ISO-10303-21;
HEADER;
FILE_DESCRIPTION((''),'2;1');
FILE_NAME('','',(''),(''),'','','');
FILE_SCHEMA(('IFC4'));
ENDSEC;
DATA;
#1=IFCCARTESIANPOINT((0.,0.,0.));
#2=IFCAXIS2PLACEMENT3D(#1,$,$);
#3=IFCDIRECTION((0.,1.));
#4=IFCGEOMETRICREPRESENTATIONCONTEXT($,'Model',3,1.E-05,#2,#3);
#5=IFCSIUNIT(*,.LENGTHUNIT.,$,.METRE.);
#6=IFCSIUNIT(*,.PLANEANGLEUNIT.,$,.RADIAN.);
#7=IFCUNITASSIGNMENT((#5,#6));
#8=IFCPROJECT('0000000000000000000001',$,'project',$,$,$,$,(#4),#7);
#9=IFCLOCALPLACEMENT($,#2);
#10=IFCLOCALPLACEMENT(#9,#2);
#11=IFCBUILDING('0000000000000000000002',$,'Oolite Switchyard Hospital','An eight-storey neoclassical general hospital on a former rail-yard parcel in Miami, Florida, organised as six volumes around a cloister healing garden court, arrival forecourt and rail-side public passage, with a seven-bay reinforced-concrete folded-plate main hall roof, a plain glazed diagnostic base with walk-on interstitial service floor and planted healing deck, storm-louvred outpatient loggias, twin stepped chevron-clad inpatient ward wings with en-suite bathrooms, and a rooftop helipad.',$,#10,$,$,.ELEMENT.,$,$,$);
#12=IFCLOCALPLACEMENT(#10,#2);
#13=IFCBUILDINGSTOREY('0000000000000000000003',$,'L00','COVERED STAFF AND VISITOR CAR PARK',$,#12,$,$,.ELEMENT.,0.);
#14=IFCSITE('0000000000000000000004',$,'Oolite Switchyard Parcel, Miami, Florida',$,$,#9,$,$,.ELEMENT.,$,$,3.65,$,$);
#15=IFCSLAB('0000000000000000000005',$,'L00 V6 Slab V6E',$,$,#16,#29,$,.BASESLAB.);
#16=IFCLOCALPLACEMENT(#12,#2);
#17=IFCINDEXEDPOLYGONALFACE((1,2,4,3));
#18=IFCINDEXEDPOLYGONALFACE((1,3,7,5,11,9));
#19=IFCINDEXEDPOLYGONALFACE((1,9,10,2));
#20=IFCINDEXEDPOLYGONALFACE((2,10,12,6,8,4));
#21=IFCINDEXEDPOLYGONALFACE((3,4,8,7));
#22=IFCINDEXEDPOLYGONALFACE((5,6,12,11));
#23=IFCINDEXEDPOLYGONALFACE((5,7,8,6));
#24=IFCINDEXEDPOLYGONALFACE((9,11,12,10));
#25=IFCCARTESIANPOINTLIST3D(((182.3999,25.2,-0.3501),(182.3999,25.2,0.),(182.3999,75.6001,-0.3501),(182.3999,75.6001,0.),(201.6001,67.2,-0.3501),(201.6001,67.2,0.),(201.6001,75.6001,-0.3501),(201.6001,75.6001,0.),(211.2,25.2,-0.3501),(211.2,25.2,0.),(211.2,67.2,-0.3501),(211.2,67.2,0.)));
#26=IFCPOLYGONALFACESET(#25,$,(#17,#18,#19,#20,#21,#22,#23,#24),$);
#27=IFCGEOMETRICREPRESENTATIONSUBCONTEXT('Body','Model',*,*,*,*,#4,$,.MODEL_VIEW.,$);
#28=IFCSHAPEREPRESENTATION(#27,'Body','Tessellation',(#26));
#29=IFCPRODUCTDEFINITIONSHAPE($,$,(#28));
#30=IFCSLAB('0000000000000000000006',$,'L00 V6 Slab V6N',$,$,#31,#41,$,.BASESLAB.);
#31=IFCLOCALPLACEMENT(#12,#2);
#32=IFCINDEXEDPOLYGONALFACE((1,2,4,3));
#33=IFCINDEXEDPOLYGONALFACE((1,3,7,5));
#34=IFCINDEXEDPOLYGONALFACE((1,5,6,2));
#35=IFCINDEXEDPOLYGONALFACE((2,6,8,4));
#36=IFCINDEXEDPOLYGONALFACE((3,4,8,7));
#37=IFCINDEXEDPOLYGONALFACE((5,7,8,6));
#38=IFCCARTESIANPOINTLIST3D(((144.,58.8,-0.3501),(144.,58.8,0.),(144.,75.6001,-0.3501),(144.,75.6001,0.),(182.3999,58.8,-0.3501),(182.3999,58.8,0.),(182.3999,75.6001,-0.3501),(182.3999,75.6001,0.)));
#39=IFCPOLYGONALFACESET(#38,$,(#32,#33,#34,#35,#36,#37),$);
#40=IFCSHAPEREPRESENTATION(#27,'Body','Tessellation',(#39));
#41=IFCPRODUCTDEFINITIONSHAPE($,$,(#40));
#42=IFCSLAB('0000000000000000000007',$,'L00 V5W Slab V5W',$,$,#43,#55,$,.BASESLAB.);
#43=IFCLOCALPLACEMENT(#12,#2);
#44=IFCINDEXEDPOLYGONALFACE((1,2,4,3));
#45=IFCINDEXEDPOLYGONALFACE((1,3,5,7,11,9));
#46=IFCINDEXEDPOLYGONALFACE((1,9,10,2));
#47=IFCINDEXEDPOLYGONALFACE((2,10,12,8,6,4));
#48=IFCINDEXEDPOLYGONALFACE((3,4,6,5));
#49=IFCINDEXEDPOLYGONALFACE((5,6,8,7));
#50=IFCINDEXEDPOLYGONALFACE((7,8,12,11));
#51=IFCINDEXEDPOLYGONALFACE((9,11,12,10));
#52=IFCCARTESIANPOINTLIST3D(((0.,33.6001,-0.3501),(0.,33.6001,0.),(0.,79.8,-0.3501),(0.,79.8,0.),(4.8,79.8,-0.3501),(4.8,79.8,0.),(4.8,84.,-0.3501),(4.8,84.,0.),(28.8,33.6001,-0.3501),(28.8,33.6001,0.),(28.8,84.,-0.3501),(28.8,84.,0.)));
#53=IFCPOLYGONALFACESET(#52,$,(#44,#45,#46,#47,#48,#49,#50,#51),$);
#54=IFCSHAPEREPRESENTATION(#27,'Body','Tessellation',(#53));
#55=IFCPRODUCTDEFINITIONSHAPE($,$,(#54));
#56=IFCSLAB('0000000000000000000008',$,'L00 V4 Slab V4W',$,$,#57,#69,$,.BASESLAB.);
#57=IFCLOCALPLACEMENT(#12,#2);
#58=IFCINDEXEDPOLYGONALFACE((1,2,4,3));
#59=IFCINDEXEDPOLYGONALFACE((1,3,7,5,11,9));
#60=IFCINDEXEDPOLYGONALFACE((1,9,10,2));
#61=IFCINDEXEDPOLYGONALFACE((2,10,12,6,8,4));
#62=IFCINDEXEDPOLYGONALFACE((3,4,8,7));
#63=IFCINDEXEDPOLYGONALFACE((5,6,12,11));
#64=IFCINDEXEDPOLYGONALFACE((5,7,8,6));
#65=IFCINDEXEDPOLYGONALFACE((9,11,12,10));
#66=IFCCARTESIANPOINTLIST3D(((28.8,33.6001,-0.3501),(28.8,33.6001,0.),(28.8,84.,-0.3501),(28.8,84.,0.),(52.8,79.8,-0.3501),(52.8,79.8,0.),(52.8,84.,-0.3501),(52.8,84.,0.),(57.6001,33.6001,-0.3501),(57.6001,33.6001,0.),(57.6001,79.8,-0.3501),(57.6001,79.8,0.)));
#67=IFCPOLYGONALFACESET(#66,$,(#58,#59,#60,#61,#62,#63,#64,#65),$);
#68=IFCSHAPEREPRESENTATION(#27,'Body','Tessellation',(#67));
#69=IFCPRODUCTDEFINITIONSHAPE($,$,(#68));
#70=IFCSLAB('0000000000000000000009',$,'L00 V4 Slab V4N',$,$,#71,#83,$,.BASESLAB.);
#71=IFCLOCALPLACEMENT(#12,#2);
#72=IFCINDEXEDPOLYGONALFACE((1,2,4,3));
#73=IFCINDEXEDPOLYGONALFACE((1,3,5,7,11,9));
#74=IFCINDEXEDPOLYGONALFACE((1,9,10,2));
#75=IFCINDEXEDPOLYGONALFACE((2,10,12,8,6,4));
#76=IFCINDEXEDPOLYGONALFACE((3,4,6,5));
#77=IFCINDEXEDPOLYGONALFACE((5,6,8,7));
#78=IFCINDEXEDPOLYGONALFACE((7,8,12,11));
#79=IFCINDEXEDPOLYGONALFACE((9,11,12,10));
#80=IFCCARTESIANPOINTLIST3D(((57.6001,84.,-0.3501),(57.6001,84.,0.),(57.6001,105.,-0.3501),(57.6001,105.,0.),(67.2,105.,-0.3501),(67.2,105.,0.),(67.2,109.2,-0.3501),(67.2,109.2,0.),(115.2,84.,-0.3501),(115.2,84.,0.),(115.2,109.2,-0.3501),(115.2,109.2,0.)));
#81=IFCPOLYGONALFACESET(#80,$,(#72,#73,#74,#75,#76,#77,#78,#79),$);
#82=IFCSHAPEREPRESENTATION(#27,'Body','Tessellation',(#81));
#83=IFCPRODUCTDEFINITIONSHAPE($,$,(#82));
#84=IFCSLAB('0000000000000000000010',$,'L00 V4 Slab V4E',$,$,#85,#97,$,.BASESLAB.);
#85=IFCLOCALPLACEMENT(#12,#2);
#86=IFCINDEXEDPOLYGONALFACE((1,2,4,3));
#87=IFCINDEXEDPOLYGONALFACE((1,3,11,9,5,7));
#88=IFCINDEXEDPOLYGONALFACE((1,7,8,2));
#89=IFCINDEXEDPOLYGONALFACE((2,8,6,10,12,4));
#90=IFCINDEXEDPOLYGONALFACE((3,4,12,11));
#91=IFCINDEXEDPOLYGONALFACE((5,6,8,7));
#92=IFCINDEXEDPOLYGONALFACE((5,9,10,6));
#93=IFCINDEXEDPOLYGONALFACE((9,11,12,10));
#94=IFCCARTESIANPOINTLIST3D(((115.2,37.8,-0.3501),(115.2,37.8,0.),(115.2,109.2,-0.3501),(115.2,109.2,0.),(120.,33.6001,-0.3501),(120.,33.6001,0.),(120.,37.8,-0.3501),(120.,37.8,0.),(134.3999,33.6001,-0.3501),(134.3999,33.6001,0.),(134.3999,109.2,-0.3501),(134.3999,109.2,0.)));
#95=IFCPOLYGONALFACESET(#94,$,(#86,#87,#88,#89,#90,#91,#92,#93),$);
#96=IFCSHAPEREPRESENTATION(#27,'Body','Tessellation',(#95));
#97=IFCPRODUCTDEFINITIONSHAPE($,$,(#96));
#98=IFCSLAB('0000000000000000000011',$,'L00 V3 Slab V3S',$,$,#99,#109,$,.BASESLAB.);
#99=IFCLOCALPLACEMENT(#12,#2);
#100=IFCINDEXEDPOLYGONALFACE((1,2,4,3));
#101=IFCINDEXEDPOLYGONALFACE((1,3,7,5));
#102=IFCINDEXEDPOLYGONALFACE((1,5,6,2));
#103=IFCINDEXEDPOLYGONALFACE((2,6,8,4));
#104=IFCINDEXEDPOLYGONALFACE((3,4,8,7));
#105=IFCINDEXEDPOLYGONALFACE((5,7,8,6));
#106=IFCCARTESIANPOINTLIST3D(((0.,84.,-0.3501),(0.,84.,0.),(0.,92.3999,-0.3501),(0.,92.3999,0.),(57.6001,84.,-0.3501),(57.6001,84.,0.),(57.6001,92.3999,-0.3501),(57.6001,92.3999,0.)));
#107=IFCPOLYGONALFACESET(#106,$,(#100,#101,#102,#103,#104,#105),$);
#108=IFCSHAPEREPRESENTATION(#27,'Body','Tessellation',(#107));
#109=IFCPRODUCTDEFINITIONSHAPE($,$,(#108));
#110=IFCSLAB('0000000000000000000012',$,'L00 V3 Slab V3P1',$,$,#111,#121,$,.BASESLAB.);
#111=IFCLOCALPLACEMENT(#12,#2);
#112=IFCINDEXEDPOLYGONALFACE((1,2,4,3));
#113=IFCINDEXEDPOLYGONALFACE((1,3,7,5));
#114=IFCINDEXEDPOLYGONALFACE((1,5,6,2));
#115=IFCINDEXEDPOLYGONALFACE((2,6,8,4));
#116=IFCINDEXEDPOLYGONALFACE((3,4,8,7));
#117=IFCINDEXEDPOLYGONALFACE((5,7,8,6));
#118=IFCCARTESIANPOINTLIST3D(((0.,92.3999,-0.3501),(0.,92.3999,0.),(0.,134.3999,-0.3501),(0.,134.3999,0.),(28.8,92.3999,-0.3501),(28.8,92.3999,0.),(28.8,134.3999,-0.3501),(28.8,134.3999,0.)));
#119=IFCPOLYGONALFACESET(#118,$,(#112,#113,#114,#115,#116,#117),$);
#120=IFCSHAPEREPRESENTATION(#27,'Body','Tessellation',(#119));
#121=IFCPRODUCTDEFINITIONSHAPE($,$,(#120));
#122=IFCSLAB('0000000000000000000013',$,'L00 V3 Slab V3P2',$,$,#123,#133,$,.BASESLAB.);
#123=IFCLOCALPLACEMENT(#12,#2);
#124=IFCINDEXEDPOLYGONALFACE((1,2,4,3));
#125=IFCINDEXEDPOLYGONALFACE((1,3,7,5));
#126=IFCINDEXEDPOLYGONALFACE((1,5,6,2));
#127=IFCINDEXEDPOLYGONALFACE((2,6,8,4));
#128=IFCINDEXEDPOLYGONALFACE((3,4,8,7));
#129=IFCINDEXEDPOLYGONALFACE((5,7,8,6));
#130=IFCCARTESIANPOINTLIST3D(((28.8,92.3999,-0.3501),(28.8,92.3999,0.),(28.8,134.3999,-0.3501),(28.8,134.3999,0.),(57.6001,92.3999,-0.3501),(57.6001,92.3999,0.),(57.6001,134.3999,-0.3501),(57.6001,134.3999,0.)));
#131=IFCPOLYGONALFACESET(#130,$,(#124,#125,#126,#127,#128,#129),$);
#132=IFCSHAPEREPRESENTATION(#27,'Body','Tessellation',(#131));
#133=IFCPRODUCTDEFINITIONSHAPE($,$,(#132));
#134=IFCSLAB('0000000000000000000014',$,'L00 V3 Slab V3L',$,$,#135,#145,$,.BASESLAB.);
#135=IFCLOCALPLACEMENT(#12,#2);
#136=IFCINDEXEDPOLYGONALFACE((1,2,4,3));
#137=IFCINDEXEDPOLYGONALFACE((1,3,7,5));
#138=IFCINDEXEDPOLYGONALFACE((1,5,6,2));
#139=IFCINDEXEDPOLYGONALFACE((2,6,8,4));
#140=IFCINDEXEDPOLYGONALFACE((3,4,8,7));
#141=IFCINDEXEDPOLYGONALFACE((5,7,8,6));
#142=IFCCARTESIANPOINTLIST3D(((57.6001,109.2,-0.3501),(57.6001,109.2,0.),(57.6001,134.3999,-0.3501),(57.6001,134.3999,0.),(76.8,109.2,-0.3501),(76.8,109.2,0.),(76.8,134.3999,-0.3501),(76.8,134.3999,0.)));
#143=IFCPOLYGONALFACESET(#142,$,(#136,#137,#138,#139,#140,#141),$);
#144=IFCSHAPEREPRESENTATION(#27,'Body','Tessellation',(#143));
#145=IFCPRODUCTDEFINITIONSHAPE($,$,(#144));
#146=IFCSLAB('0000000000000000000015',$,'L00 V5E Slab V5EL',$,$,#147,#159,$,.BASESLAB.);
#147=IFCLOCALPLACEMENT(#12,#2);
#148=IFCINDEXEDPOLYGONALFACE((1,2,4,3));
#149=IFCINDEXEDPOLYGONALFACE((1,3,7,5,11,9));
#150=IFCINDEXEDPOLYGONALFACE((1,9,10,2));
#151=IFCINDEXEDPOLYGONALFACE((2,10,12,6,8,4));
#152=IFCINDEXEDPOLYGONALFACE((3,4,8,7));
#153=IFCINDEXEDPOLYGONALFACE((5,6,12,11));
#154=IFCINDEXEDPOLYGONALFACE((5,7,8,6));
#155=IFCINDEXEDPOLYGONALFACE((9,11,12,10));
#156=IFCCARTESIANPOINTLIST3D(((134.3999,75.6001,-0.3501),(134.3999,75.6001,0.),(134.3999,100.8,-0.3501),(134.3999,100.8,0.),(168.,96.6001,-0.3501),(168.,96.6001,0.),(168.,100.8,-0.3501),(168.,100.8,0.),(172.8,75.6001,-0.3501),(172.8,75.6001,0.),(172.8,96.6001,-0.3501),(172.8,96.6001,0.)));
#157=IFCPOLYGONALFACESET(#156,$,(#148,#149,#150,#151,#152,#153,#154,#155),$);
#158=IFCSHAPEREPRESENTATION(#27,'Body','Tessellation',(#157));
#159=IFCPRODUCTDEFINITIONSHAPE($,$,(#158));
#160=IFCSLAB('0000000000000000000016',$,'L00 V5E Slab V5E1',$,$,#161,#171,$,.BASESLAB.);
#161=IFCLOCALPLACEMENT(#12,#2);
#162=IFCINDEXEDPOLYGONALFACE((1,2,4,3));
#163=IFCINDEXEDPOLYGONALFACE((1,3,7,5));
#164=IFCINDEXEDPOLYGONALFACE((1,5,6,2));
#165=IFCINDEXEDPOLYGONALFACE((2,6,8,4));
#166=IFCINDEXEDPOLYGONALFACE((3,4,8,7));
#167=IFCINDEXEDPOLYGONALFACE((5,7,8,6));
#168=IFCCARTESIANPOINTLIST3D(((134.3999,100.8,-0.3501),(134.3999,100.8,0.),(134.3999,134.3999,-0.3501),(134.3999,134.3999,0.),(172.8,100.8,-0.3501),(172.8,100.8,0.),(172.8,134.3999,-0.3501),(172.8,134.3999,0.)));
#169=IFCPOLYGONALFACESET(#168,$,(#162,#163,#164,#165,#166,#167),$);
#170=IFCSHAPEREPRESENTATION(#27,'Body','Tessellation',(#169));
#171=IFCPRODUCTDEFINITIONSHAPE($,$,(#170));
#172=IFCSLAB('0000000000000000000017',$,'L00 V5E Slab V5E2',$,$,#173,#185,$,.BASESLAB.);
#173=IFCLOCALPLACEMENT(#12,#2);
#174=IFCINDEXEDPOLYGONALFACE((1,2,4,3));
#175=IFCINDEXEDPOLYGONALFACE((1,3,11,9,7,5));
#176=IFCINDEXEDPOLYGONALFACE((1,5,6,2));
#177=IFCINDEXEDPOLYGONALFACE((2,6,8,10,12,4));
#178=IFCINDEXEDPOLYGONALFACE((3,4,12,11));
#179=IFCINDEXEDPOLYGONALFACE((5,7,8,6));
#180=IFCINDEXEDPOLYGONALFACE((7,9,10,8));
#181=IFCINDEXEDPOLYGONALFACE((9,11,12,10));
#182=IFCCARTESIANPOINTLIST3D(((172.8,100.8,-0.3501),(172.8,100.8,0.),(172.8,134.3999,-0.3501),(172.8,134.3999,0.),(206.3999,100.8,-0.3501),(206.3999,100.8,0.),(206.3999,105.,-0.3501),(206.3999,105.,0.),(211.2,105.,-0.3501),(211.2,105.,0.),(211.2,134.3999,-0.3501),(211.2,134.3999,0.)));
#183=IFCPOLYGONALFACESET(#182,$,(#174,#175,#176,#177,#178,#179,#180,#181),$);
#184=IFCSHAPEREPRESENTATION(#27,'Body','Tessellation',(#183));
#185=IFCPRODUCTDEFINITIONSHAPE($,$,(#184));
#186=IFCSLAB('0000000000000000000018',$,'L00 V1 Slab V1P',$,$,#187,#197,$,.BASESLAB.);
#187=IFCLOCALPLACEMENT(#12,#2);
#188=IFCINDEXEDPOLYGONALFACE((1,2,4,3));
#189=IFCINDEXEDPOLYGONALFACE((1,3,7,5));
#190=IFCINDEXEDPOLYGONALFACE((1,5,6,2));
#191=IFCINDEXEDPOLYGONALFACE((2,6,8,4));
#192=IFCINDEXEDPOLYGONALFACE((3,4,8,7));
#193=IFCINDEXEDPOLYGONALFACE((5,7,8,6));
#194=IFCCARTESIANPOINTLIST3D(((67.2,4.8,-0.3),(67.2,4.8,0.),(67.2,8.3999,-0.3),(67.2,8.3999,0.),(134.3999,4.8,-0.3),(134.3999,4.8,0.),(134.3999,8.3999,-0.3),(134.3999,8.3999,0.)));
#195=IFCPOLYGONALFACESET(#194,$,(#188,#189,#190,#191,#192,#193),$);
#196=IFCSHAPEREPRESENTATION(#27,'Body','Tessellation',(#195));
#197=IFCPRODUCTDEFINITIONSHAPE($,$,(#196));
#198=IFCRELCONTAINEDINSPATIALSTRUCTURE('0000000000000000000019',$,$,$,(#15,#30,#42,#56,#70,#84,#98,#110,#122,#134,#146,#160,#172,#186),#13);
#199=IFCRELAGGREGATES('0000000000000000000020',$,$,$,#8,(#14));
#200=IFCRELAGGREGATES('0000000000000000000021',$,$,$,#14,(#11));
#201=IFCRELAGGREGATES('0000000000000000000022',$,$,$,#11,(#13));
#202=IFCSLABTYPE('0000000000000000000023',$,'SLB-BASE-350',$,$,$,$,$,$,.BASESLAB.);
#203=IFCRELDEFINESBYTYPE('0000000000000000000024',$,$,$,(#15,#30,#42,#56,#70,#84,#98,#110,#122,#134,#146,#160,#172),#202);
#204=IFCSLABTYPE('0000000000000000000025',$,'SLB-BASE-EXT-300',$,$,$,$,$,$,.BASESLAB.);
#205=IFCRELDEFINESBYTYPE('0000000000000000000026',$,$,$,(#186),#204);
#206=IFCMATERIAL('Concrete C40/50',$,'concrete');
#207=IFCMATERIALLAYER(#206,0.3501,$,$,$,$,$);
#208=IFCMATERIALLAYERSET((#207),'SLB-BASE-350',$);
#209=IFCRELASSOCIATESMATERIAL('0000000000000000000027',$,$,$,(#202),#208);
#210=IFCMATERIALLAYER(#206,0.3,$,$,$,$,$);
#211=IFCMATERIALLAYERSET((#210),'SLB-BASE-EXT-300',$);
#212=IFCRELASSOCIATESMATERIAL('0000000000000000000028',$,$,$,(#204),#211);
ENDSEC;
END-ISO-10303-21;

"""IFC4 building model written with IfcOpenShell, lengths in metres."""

from ifc_helpers import new_model, si_unit, direction, frame, origin, place, context, subcontext, project, spatial, polyline, outline, extrude, material, layer, layer_set, type_object, element, save


model = new_model("IFC4")

# Units and contexts
model_context = context("Model", 3, precision=1e-05, world=origin(), true_north=direction((0.0, 1.0)))
body_context = subcontext(model_context, "Body", "Model", "MODEL_VIEW")
ifc_project = project(units=[si_unit("LENGTHUNIT", "METRE"), si_unit("PLANEANGLEUNIT", "RADIAN")], contexts=[model_context])

# Site, building, storey
site_placement = place(None, origin())
site = spatial("IfcSite", under=ifc_project, at=site_placement, Name="Oolite Switchyard Parcel, Miami, Florida", CompositionType="ELEMENT", RefElevation=3.65)
building_placement = place(site_placement, origin())
building = spatial("IfcBuilding", under=site, at=building_placement, Name="Oolite Switchyard Hospital", Description="An eight-storey neoclassical general hospital on a former rail-yard parcel in Miami, Florida, organised as six volumes around a cloister healing garden court, arrival forecourt and rail-side public passage, with a seven-bay reinforced-concrete folded-plate main hall roof, a plain glazed diagnostic base with walk-on interstitial service floor and planted healing deck, storm-louvred outpatient loggias, twin stepped chevron-clad inpatient ward wings with en-suite bathrooms, and a rooftop helipad.", CompositionType="ELEMENT")
storey_placement = place(building_placement, origin())
storey = spatial("IfcBuildingStorey", under=building, at=storey_placement, Name="L00", Description="COVERED STAFF AND VISITOR CAR PARK", CompositionType="ELEMENT", Elevation=0.0)

# Shared definitions
ifc_material_1 = material(Name="Concrete C40/50", Category="concrete")

# Slabs
ifc_layer_1 = layer(ifc_material_1, 0.3501)
ifc_layer_set_1 = layer_set([ifc_layer_1], Name="SLB-BASE-350")
slab_type_1 = type_object("IfcSlabType", Name="SLB-BASE-350", PredefinedType="BASESLAB", material=ifc_layer_set_1)
slab_1_placement = place(storey_placement, frame((0.0, 0.0, -0.3501)))
element("IfcSlab", 1, at=slab_1_placement, inside=storey, type_object=slab_type_1, Name="L00 V6 Slab V6E", PredefinedType="BASESLAB", context=body_context, shape_type="SweptSolid", body=[
    extrude(outline(polyline([(182.3999, 25.2), (211.2, 25.2), (211.2, 67.2), (201.6001, 67.2), (201.6001, 75.6001), (182.3999, 75.6001), (182.3999, 25.2)])), origin(), (0.0, 0.0, 1.0), 0.3501),
])
slab_2_placement = place(storey_placement, frame((0.0, 0.0, -0.3501)))
element("IfcSlab", 2, at=slab_2_placement, inside=storey, type_object=slab_type_1, Name="L00 V6 Slab V6N", PredefinedType="BASESLAB", context=body_context, shape_type="SweptSolid", body=[
    extrude(outline(polyline([(144.0, 58.8), (182.3999, 58.8), (182.3999, 75.6001), (144.0, 75.6001), (144.0, 58.8)])), origin(), (0.0, 0.0, 1.0), 0.3501),
])
slab_3_placement = place(storey_placement, frame((0.0, 0.0, -0.3501)))
element("IfcSlab", 3, at=slab_3_placement, inside=storey, type_object=slab_type_1, Name="L00 V5W Slab V5W", PredefinedType="BASESLAB", context=body_context, shape_type="SweptSolid", body=[
    extrude(outline(polyline([(0.0, 33.6001), (28.8, 33.6001), (28.8, 84.0), (4.8, 84.0), (4.8, 79.8), (0.0, 79.8), (0.0, 33.6001)])), origin(), (0.0, 0.0, 1.0), 0.3501),
])
slab_4_placement = place(storey_placement, frame((0.0, 0.0, -0.3501)))
element("IfcSlab", 4, at=slab_4_placement, inside=storey, type_object=slab_type_1, Name="L00 V4 Slab V4W", PredefinedType="BASESLAB", context=body_context, shape_type="SweptSolid", body=[
    extrude(outline(polyline([(28.8, 33.6001), (57.6001, 33.6001), (57.6001, 79.8), (52.8, 79.8), (52.8, 84.0), (28.8, 84.0), (28.8, 33.6001)])), origin(), (0.0, 0.0, 1.0), 0.3501),
])
slab_5_placement = place(storey_placement, frame((0.0, 0.0, -0.3501)))
element("IfcSlab", 5, at=slab_5_placement, inside=storey, type_object=slab_type_1, Name="L00 V4 Slab V4N", PredefinedType="BASESLAB", context=body_context, shape_type="SweptSolid", body=[
    extrude(outline(polyline([(57.6001, 84.0), (115.2, 84.0), (115.2, 109.2), (67.2, 109.2), (67.2, 105.0), (57.6001, 105.0), (57.6001, 84.0)])), origin(), (0.0, 0.0, 1.0), 0.3501),
])
slab_6_placement = place(storey_placement, frame((0.0, 0.0, -0.3501)))
element("IfcSlab", 6, at=slab_6_placement, inside=storey, type_object=slab_type_1, Name="L00 V4 Slab V4E", PredefinedType="BASESLAB", context=body_context, shape_type="SweptSolid", body=[
    extrude(outline(polyline([(120.0, 33.6001), (134.3999, 33.6001), (134.3999, 109.2), (115.2, 109.2), (115.2, 37.8), (120.0, 37.8), (120.0, 33.6001)])), origin(), (0.0, 0.0, 1.0), 0.3501),
])
slab_7_placement = place(storey_placement, frame((0.0, 0.0, -0.3501)))
element("IfcSlab", 7, at=slab_7_placement, inside=storey, type_object=slab_type_1, Name="L00 V3 Slab V3S", PredefinedType="BASESLAB", context=body_context, shape_type="SweptSolid", body=[
    extrude(outline(polyline([(0.0, 84.0), (57.6001, 84.0), (57.6001, 92.3999), (0.0, 92.3999), (0.0, 84.0)])), origin(), (0.0, 0.0, 1.0), 0.3501),
])
slab_8_placement = place(storey_placement, frame((0.0, 0.0, -0.3501)))
element("IfcSlab", 8, at=slab_8_placement, inside=storey, type_object=slab_type_1, Name="L00 V3 Slab V3P1", PredefinedType="BASESLAB", context=body_context, shape_type="SweptSolid", body=[
    extrude(outline(polyline([(0.0, 92.3999), (28.8, 92.3999), (28.8, 134.3999), (0.0, 134.3999), (0.0, 92.3999)])), origin(), (0.0, 0.0, 1.0), 0.3501),
])
slab_9_placement = place(storey_placement, frame((0.0, 0.0, -0.3501)))
element("IfcSlab", 9, at=slab_9_placement, inside=storey, type_object=slab_type_1, Name="L00 V3 Slab V3P2", PredefinedType="BASESLAB", context=body_context, shape_type="SweptSolid", body=[
    extrude(outline(polyline([(28.8, 92.3999), (57.6001, 92.3999), (57.6001, 134.3999), (28.8, 134.3999), (28.8, 92.3999)])), origin(), (0.0, 0.0, 1.0), 0.3501),
])
slab_10_placement = place(storey_placement, frame((0.0, 0.0, -0.3501)))
element("IfcSlab", 10, at=slab_10_placement, inside=storey, type_object=slab_type_1, Name="L00 V3 Slab V3L", PredefinedType="BASESLAB", context=body_context, shape_type="SweptSolid", body=[
    extrude(outline(polyline([(57.6001, 109.2), (76.8, 109.2), (76.8, 134.3999), (57.6001, 134.3999), (57.6001, 109.2)])), origin(), (0.0, 0.0, 1.0), 0.3501),
])
slab_11_placement = place(storey_placement, frame((0.0, 0.0, -0.3501)))
element("IfcSlab", 11, at=slab_11_placement, inside=storey, type_object=slab_type_1, Name="L00 V5E Slab V5EL", PredefinedType="BASESLAB", context=body_context, shape_type="SweptSolid", body=[
    extrude(outline(polyline([(134.3999, 75.6001), (172.8, 75.6001), (172.8, 96.6001), (168.0, 96.6001), (168.0, 100.8), (134.3999, 100.8), (134.3999, 75.6001)])), origin(), (0.0, 0.0, 1.0), 0.3501),
])
slab_12_placement = place(storey_placement, frame((0.0, 0.0, -0.3501)))
element("IfcSlab", 12, at=slab_12_placement, inside=storey, type_object=slab_type_1, Name="L00 V5E Slab V5E1", PredefinedType="BASESLAB", context=body_context, shape_type="SweptSolid", body=[
    extrude(outline(polyline([(134.3999, 100.8), (172.8, 100.8), (172.8, 134.3999), (134.3999, 134.3999), (134.3999, 100.8)])), origin(), (0.0, 0.0, 1.0), 0.3501),
])
slab_13_placement = place(storey_placement, frame((0.0, 0.0, -0.3501)))
element("IfcSlab", 13, at=slab_13_placement, inside=storey, type_object=slab_type_1, Name="L00 V5E Slab V5E2", PredefinedType="BASESLAB", context=body_context, shape_type="SweptSolid", body=[
    extrude(outline(polyline([(172.8, 100.8), (206.3999, 100.8), (206.3999, 105.0), (211.2, 105.0), (211.2, 134.3999), (172.8, 134.3999), (172.8, 100.8)])), origin(), (0.0, 0.0, 1.0), 0.3501),
])
ifc_layer_2 = layer(ifc_material_1, 0.3)
ifc_layer_set_2 = layer_set([ifc_layer_2], Name="SLB-BASE-EXT-300")
slab_type_2 = type_object("IfcSlabType", Name="SLB-BASE-EXT-300", PredefinedType="BASESLAB", material=ifc_layer_set_2)
slab_14_placement = place(storey_placement, frame((0.0, 0.0, -0.3)))
element("IfcSlab", 14, at=slab_14_placement, inside=storey, type_object=slab_type_2, Name="L00 V1 Slab V1P", PredefinedType="BASESLAB", context=body_context, shape_type="SweptSolid", body=[
    extrude(outline(polyline([(67.2, 4.8), (134.3999, 4.8), (134.3999, 8.3999), (67.2, 8.3999), (67.2, 4.8)])), origin(), (0.0, 0.0, 1.0), 0.3),
])

save(model, "model.ifc")
